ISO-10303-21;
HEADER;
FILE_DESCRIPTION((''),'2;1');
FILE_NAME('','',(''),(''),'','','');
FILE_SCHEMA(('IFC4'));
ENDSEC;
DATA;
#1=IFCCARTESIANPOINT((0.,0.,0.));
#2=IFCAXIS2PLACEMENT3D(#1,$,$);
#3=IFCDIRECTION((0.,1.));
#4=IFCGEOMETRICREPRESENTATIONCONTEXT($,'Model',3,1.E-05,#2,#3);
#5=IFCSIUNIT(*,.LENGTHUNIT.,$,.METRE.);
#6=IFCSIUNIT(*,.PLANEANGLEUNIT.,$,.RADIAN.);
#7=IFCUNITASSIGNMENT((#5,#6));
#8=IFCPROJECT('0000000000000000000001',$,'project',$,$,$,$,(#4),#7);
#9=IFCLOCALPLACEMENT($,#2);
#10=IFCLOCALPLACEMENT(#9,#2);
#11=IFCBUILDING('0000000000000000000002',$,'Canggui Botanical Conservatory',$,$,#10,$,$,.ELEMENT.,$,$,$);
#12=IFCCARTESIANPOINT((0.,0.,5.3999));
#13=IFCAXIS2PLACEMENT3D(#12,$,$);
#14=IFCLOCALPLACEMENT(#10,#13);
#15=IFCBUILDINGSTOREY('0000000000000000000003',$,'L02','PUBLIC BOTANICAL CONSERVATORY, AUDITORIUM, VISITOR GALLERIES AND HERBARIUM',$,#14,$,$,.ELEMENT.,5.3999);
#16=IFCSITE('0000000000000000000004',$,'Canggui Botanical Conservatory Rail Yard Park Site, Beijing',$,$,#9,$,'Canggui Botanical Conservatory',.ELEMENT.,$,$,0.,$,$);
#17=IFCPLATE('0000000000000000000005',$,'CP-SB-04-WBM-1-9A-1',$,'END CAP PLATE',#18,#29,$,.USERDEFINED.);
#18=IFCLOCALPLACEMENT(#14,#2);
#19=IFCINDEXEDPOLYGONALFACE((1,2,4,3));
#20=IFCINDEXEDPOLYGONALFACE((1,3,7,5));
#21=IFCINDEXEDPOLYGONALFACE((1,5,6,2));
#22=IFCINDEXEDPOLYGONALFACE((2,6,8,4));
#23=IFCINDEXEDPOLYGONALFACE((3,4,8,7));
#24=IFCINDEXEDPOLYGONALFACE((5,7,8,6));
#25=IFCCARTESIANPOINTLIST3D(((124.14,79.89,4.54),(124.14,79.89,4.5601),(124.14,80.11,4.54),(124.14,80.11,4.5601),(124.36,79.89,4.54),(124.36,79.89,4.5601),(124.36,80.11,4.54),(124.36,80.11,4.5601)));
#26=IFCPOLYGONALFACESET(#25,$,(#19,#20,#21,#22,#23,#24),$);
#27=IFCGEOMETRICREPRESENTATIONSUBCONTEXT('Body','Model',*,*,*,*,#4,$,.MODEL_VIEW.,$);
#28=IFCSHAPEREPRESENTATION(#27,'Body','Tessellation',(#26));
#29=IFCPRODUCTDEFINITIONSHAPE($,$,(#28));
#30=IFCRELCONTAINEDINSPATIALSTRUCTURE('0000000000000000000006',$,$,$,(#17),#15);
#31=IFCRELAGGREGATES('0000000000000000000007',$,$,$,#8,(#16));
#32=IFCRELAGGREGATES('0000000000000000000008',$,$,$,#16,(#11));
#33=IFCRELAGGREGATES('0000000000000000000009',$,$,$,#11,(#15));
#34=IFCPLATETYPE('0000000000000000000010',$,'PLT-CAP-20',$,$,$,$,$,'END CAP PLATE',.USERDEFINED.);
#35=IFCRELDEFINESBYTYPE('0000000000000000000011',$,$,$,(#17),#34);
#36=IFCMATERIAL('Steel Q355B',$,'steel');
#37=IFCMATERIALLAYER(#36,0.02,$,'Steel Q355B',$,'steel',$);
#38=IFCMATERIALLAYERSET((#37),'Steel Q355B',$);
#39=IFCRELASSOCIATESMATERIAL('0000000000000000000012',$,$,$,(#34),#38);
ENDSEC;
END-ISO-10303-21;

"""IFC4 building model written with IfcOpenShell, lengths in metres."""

from ifc_helpers import new_model, si_unit, direction, frame, origin, origin_2d, place, context, subcontext, project, spatial, rectangle, extrude, material, layer, layer_set, type_object, element, save


model = new_model("IFC4")

# Units and contexts
model_context = context("Model", 3, precision=1e-05, world=origin(), true_north=direction((0.0, 1.0)))
body_context = subcontext(model_context, "Body", "Model", "MODEL_VIEW")
ifc_project = project(units=[si_unit("LENGTHUNIT", "METRE"), si_unit("PLANEANGLEUNIT", "RADIAN")], contexts=[model_context])

# Site, building, storey
site_placement = place(None, origin())
site = spatial("IfcSite", under=ifc_project, at=site_placement, Name="Canggui Botanical Conservatory Rail Yard Park Site, Beijing", LongName="Canggui Botanical Conservatory", CompositionType="ELEMENT", RefElevation=0.0)
building_placement = place(site_placement, origin())
building = spatial("IfcBuilding", under=site, at=building_placement, Name="Canggui Botanical Conservatory", CompositionType="ELEMENT")
storey_placement = place(building_placement, frame((0.0, 0.0, 5.3999)))
storey = spatial("IfcBuildingStorey", under=building, at=storey_placement, Name="L02", Description="PUBLIC BOTANICAL CONSERVATORY, AUDITORIUM, VISITOR GALLERIES AND HERBARIUM", CompositionType="ELEMENT", Elevation=5.3999)

# Plate
ifc_material_1 = material(Name="Steel Q355B", Category="steel")
ifc_layer_1 = layer(ifc_material_1, 0.02, Name="Steel Q355B", Category="steel")
ifc_layer_set_1 = layer_set([ifc_layer_1], Name="Steel Q355B")
plate_type_1 = type_object("IfcPlateType", Name="PLT-CAP-20", ElementType="END CAP PLATE", PredefinedType="USERDEFINED", material=ifc_layer_set_1)
plate_1_placement = place(storey_placement, frame((124.25, 80.0, 4.54), z_axis=(0.0, 0.0, 1.0), x_axis=(1.0, 0.0, 0.0)))
element("IfcPlate", 1, at=plate_1_placement, inside=storey, type_object=plate_type_1, Name="CP-SB-04-WBM-1-9A-1", ObjectType="END CAP PLATE", PredefinedType="USERDEFINED", context=body_context, shape_type="SweptSolid", body=[
    extrude(rectangle(XDim=0.22, YDim=0.22, at=origin_2d()), origin(), (0.0, 0.0, 1.0), 0.02),
])

save(model, "model.ifc")
